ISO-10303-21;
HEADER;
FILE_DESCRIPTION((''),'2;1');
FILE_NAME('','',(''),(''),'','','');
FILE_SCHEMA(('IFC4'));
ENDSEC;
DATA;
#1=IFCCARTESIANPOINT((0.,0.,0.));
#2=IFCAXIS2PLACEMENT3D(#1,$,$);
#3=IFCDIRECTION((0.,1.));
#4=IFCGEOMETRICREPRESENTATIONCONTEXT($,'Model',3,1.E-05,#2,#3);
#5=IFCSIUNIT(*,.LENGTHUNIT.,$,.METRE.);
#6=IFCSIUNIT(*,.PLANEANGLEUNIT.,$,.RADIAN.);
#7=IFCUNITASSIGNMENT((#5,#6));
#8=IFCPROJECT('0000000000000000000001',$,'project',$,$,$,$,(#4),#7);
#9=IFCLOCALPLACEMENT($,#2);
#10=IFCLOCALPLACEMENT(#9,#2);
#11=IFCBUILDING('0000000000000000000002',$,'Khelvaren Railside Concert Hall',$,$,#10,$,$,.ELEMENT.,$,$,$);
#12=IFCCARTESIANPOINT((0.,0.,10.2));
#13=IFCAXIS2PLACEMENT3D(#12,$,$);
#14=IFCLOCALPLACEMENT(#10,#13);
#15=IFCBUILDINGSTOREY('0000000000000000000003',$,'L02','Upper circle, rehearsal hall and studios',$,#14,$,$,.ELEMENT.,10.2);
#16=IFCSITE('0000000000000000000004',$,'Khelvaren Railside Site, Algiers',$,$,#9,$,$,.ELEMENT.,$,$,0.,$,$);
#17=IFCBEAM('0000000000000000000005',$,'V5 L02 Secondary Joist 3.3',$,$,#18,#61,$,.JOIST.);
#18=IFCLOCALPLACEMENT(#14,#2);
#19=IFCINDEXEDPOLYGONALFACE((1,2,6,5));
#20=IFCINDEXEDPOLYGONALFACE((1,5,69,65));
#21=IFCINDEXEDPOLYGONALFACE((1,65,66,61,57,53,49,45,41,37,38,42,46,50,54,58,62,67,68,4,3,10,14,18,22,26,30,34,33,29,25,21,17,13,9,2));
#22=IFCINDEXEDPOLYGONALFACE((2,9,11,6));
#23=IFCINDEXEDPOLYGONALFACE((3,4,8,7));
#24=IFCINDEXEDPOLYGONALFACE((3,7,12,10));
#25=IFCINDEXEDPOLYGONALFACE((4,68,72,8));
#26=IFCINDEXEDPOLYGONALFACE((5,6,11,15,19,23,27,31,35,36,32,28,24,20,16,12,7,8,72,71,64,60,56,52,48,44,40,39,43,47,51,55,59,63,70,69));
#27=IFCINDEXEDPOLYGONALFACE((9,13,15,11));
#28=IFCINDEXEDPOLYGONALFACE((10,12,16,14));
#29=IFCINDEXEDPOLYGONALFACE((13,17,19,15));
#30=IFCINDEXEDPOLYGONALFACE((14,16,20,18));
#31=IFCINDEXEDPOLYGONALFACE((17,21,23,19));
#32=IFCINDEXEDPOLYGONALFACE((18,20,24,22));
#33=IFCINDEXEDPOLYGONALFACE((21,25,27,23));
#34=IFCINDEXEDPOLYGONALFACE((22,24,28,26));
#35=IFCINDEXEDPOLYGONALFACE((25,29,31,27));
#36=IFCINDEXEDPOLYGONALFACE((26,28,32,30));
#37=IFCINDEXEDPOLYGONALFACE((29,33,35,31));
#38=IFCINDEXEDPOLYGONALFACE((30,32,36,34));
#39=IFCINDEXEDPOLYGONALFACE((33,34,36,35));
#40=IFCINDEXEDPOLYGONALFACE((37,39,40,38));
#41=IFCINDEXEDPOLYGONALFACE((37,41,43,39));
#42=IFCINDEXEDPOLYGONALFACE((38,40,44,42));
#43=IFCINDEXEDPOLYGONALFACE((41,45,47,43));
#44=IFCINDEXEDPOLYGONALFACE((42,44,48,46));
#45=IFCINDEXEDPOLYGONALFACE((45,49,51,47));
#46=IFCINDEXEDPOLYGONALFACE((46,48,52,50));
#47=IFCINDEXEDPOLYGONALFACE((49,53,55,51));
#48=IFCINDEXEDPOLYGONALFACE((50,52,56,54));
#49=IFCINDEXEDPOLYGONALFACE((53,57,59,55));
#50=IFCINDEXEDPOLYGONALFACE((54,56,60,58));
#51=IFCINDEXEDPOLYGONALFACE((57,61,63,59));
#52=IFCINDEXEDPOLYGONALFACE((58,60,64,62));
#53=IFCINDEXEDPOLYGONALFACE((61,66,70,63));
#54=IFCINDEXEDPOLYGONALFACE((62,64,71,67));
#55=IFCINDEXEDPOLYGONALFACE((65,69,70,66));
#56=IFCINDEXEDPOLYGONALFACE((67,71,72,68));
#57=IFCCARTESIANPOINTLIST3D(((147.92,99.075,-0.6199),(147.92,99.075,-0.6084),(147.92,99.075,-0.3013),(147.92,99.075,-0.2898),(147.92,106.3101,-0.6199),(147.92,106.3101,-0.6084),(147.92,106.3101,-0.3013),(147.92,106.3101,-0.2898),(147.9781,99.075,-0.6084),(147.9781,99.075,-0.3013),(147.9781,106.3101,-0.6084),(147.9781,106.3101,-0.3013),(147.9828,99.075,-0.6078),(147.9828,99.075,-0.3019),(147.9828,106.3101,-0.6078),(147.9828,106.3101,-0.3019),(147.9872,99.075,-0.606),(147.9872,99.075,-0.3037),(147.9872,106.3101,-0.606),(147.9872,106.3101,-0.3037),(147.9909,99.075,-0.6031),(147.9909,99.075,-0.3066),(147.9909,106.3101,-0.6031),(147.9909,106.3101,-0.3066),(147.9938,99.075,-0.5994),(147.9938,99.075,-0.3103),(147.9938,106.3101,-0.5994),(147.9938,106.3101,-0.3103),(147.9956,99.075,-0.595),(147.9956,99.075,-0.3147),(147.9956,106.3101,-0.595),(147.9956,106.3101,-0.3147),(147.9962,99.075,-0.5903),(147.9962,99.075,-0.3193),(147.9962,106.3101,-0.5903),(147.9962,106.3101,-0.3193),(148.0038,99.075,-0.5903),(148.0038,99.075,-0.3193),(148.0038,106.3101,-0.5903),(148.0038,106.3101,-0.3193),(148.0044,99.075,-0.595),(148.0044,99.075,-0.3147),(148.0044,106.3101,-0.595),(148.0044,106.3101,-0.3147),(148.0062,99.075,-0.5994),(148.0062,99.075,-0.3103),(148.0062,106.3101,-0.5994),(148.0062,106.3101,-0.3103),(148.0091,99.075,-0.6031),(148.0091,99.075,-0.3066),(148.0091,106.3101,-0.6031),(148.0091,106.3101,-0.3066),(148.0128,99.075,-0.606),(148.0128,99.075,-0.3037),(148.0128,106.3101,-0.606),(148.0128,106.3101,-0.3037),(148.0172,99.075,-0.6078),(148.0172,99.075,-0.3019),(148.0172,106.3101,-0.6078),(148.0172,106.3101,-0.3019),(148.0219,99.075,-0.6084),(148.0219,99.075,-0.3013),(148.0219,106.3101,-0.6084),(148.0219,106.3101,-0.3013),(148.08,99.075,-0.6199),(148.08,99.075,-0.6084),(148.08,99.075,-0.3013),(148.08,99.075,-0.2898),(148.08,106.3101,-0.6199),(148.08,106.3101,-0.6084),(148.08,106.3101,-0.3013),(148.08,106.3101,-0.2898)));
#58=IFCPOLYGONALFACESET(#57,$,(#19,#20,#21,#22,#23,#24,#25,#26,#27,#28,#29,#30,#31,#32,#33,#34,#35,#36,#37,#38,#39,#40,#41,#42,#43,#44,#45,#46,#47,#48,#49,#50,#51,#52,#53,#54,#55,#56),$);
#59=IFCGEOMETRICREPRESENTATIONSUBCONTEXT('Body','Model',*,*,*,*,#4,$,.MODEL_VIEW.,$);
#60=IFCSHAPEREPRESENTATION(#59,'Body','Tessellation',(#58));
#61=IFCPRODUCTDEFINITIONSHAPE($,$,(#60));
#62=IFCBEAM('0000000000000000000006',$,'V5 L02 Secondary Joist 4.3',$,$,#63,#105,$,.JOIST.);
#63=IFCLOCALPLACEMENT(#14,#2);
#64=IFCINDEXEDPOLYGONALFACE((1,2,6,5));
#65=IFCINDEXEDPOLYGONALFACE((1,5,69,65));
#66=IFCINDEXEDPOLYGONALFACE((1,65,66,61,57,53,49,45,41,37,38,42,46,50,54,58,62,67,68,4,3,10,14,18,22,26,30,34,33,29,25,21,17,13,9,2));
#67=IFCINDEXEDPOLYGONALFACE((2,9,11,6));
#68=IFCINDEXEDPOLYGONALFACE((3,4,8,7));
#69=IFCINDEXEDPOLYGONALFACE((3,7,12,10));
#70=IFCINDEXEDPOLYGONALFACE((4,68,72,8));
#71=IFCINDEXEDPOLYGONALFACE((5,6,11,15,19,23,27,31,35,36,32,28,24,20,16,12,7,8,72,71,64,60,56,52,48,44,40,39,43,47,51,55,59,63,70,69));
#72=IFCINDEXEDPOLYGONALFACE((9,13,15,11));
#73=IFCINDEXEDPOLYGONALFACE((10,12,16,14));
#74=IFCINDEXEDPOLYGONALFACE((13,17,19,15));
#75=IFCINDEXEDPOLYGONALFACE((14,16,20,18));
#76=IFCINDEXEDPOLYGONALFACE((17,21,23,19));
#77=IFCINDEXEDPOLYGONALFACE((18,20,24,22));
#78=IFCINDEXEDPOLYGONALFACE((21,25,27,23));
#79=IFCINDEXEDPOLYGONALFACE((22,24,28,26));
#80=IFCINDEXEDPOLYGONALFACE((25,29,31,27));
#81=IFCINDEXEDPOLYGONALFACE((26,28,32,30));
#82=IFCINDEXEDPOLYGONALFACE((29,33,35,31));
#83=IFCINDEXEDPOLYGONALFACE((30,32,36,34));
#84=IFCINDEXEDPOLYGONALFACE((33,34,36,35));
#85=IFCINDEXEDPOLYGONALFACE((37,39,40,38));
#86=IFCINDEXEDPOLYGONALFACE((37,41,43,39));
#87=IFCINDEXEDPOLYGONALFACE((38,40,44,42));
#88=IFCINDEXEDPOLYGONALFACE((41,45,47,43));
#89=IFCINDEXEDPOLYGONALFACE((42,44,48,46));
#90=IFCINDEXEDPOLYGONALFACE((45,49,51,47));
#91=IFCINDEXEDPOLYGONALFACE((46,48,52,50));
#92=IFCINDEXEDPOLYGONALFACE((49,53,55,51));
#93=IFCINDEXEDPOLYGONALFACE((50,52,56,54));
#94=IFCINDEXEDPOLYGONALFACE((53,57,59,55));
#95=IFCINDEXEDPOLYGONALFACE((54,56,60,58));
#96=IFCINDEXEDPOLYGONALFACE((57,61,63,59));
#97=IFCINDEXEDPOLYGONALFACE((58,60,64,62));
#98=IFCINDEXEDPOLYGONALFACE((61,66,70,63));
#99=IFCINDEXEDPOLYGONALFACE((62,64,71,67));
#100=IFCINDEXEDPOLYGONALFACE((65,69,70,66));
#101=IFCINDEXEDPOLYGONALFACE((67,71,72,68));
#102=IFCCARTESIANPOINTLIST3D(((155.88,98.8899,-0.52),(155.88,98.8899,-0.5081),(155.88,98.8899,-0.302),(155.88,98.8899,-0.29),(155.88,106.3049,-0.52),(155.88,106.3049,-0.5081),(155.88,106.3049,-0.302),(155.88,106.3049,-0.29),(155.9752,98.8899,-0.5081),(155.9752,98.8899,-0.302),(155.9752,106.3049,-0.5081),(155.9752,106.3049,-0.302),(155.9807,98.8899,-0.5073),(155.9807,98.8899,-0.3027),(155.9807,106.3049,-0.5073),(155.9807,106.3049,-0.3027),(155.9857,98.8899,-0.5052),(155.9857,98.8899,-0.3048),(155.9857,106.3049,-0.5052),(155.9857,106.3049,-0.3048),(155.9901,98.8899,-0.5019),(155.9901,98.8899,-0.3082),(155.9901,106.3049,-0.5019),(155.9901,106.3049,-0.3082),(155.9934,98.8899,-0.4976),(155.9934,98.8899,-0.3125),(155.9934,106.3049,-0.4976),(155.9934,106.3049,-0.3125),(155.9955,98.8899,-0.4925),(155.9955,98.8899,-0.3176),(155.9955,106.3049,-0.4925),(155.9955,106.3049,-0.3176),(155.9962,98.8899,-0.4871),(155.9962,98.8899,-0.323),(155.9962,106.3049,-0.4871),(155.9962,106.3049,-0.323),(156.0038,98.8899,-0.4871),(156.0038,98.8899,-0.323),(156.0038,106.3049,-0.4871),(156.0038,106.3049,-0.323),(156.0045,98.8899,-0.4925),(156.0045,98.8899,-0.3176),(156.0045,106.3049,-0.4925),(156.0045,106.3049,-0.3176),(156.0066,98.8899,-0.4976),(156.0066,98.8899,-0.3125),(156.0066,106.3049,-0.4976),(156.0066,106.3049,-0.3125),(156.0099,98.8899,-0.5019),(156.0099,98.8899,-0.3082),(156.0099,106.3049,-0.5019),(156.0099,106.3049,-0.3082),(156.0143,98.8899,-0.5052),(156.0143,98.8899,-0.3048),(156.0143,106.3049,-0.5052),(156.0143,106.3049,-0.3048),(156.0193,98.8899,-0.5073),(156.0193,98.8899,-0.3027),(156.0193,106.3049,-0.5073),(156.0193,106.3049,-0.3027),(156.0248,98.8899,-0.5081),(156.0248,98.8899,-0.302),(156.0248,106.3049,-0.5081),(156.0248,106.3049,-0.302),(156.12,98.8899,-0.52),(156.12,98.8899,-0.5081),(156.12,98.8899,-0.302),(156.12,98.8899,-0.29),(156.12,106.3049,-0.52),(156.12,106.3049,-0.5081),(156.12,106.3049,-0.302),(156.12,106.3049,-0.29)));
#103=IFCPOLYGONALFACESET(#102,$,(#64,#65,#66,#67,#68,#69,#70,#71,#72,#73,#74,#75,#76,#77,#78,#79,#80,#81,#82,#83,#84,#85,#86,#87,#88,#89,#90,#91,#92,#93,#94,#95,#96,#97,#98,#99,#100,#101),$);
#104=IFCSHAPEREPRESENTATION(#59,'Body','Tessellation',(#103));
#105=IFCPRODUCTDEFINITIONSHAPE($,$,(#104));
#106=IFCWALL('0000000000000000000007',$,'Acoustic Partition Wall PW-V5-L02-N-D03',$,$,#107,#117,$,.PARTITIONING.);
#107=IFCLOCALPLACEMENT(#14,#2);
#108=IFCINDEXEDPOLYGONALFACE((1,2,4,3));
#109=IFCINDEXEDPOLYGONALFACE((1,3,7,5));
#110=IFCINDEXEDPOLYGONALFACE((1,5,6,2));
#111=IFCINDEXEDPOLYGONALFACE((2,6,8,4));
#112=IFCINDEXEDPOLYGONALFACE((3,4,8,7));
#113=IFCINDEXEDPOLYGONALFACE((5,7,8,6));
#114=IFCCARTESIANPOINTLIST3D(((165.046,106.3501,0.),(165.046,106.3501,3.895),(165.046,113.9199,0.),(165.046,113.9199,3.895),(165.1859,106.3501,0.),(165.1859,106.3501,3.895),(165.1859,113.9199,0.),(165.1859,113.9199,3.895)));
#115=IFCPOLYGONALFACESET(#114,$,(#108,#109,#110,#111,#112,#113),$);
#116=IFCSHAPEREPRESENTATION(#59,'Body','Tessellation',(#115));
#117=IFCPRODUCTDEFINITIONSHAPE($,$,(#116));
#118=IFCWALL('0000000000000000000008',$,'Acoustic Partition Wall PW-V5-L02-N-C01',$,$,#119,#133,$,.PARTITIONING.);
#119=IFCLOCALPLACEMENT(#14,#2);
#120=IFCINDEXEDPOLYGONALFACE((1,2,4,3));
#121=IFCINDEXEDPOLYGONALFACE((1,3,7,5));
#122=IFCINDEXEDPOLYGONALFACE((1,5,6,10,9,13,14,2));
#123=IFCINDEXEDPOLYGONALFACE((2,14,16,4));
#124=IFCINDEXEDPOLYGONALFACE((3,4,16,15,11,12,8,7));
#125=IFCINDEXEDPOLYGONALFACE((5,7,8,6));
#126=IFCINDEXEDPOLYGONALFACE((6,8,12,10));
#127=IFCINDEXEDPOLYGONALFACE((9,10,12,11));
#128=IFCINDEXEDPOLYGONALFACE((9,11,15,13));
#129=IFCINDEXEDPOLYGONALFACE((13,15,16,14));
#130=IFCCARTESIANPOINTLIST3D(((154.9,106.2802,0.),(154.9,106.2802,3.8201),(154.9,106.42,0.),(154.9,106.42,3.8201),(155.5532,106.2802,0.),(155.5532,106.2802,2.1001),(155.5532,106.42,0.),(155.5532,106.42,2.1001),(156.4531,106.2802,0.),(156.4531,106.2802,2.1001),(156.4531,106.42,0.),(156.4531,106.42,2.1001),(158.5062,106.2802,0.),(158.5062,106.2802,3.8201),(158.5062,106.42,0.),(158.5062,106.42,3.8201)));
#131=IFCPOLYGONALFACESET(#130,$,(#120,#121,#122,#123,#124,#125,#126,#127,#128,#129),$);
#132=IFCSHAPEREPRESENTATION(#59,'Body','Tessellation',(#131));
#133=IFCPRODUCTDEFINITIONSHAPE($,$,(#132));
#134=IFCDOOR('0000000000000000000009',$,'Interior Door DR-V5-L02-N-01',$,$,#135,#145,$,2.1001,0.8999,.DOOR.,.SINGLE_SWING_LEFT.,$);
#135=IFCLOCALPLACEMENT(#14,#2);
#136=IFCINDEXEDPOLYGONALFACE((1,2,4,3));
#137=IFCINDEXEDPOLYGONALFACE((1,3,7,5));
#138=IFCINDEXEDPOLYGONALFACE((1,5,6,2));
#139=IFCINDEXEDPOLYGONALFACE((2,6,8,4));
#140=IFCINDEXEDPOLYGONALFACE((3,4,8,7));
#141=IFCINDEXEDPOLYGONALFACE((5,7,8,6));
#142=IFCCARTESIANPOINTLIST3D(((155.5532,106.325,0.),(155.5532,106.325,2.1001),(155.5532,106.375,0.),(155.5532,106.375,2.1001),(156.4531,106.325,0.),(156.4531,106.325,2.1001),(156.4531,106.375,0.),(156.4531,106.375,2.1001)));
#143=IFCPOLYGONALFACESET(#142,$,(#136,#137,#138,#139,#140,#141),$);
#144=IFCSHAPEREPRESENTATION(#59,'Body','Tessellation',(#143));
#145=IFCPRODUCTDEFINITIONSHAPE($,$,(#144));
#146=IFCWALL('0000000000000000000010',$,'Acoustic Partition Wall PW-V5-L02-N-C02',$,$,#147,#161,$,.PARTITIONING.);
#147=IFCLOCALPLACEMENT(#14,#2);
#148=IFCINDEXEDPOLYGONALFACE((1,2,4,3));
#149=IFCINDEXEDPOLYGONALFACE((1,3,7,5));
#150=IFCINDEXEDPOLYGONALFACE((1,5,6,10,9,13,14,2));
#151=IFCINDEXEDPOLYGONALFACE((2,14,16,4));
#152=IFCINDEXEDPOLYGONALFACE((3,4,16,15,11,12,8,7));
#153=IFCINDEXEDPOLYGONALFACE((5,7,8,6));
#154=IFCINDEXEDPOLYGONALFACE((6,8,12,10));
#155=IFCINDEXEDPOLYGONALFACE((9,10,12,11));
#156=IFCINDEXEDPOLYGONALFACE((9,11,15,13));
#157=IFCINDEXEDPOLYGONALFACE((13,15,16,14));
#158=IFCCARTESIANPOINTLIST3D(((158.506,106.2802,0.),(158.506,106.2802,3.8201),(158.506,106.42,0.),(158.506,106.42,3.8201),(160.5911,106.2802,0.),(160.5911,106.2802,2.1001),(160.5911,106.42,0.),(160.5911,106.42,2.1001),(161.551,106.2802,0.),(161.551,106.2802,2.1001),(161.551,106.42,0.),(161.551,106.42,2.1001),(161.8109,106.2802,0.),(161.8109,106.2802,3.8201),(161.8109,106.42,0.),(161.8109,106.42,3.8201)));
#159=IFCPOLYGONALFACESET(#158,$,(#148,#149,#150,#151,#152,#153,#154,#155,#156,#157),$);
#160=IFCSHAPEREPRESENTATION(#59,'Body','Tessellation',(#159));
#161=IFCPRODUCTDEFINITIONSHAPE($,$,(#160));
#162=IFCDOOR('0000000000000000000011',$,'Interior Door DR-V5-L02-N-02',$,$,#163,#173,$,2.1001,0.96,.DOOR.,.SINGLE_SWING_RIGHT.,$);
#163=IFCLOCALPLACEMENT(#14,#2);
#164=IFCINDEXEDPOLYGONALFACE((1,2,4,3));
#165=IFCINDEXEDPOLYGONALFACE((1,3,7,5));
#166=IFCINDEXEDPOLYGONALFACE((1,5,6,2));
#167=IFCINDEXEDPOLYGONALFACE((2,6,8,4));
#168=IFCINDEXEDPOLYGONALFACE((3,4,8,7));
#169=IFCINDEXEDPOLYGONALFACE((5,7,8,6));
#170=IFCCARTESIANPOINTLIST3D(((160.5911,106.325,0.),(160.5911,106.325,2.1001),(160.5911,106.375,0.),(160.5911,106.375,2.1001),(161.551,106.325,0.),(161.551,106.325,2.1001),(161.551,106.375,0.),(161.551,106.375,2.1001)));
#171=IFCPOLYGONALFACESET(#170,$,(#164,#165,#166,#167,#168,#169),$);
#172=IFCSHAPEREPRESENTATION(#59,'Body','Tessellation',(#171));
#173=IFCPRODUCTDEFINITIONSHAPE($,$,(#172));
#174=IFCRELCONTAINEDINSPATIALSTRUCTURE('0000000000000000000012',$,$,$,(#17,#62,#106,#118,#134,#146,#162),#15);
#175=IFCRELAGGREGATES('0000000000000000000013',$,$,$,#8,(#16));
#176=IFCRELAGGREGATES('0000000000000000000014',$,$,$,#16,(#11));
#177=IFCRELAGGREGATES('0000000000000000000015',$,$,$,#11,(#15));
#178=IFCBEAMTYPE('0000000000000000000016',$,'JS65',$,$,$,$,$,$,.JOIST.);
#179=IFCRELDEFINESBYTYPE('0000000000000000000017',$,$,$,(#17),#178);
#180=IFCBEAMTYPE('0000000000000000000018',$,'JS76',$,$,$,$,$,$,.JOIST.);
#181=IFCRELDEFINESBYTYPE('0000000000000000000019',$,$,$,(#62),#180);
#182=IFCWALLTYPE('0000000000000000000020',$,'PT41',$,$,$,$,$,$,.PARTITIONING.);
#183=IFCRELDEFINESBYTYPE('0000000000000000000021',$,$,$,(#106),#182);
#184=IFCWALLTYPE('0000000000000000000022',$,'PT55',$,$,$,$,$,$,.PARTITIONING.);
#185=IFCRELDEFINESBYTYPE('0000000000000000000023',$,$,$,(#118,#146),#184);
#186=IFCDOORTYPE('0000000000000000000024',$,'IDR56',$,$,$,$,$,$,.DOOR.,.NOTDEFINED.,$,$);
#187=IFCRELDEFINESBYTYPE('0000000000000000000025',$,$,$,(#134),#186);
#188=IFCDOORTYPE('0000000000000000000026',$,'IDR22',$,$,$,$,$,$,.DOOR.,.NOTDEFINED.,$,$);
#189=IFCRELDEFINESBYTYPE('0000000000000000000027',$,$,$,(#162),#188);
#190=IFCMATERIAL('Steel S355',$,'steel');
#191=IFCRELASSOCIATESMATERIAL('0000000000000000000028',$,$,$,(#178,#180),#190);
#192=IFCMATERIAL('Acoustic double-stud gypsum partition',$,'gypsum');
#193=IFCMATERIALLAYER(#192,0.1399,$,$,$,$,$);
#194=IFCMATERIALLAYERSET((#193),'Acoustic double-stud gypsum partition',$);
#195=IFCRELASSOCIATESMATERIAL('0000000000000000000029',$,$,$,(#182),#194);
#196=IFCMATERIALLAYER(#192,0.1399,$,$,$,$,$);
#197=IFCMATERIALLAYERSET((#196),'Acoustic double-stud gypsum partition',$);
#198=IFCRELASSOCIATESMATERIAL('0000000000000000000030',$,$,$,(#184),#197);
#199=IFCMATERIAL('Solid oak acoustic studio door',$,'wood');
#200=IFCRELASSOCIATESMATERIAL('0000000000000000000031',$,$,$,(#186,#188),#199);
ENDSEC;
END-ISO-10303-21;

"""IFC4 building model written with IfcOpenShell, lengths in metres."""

from ifc_helpers import new_model, si_unit, direction, frame, frame_2d, origin, origin_2d, place, context, subcontext, project, spatial, rectangle, i_section, extrude, material, layer, layer_set, material_profile, profile_set, type_object, element, fill, save


model = new_model("IFC4")

# Units and contexts
model_context = context("Model", 3, precision=1e-05, world=origin(), true_north=direction((0.0, 1.0)))
body_context = subcontext(model_context, "Body", "Model", "MODEL_VIEW")
ifc_project = project(units=[si_unit("LENGTHUNIT", "METRE"), si_unit("PLANEANGLEUNIT", "RADIAN")], contexts=[model_context])

# Site, building, storey
site_placement = place(None, origin())
site = spatial("IfcSite", under=ifc_project, at=site_placement, Name="Khelvaren Railside Site, Algiers", CompositionType="ELEMENT", RefElevation=0.0)
building_placement = place(site_placement, origin())
building = spatial("IfcBuilding", under=site, at=building_placement, Name="Khelvaren Railside Concert Hall", CompositionType="ELEMENT")
storey_placement = place(building_placement, frame((0.0, 0.0, 10.2)))
storey = spatial("IfcBuildingStorey", under=building, at=storey_placement, Name="L02", Description="Upper circle, rehearsal hall and studios", CompositionType="ELEMENT", Elevation=10.2)

# Beams
ifc_material_1 = material(Name="Steel S355", Category="steel")
ifc_material_profile_1 = material_profile(ifc_material_1, i_section(OverallWidth=0.1599, OverallDepth=0.3301, WebThickness=0.0076, FlangeThickness=0.0115, FilletRadius=0.0181, at=origin_2d()), Name="IPE 330")
ifc_profile_set_1 = profile_set([ifc_material_profile_1], Name="Steel S355")
beam_type_1 = type_object("IfcBeamType", Name="JS65", PredefinedType="JOIST", material=ifc_profile_set_1)
beam_1_placement = place(storey_placement, frame((148.0, 99.075, -0.4548), z_axis=(0.0, 1.0, 0.0), x_axis=(-1.0, 0.0, 0.0)))
element("IfcBeam", 1, at=beam_1_placement, inside=storey, type_object=beam_type_1, Name="V5 L02 Secondary Joist 3.3", PredefinedType="JOIST", context=body_context, shape_type="SweptSolid", body=[
    extrude(i_section(OverallWidth=0.1599, OverallDepth=0.3301, WebThickness=0.0076, FlangeThickness=0.0115, FilletRadius=0.0181, at=origin_2d()), origin(), (0.0, 0.0, 1.0), 7.2351),
])
ifc_material_profile_2 = material_profile(ifc_material_1, i_section(OverallWidth=0.24, OverallDepth=0.23, WebThickness=0.0076, FlangeThickness=0.012, FilletRadius=0.021, at=origin_2d()), Name="HEA 240")
ifc_profile_set_2 = profile_set([ifc_material_profile_2], Name="Steel S355")
beam_type_2 = type_object("IfcBeamType", Name="JS76", PredefinedType="JOIST", material=ifc_profile_set_2)
beam_2_placement = place(storey_placement, frame((156.0, 98.8899, -0.405), z_axis=(0.0, 1.0, 0.0), x_axis=(-1.0, 0.0, 0.0)))
element("IfcBeam", 2, at=beam_2_placement, inside=storey, type_object=beam_type_2, Name="V5 L02 Secondary Joist 4.3", PredefinedType="JOIST", context=body_context, shape_type="SweptSolid", body=[
    extrude(i_section(OverallWidth=0.24, OverallDepth=0.23, WebThickness=0.0076, FlangeThickness=0.012, FilletRadius=0.021, at=origin_2d()), origin(), (0.0, 0.0, 1.0), 7.415),
])

# Wall
ifc_material_2 = material(Name="Acoustic double-stud gypsum partition", Category="gypsum")
ifc_layer_1 = layer(ifc_material_2, 0.1399)
ifc_layer_set_1 = layer_set([ifc_layer_1], Name="Acoustic double-stud gypsum partition")
wall_type_1 = type_object("IfcWallType", Name="PT41", PredefinedType="PARTITIONING", material=ifc_layer_set_1)
wall_1_placement = place(storey_placement, frame((165.116, 106.3501, 0.0), z_axis=(0.0, 0.0, 1.0), x_axis=(0.0, 1.0, 0.0)))
element("IfcWall", 3, at=wall_1_placement, inside=storey, type_object=wall_type_1, Name="Acoustic Partition Wall PW-V5-L02-N-D03", PredefinedType="PARTITIONING", context=body_context, shape_type="SweptSolid", body=[
    extrude(rectangle(XDim=7.5698, YDim=0.1399, at=frame_2d((3.7849, 0.0))), origin(), (0.0, 0.0, 1.0), 3.895),
])

# Walls, openings, doors
ifc_layer_2 = layer(ifc_material_2, 0.1399)
ifc_layer_set_2 = layer_set([ifc_layer_2], Name="Acoustic double-stud gypsum partition")
wall_type_2 = type_object("IfcWallType", Name="PT55", PredefinedType="PARTITIONING", material=ifc_layer_set_2)
wall_2_placement = place(storey_placement, frame((154.8999, 106.3501, 0.0), z_axis=(0.0, 0.0, 1.0), x_axis=(1.0, 0.0, 0.0)))
wall_2 = element("IfcWall", 4, at=wall_2_placement, inside=storey, type_object=wall_type_2, Name="Acoustic Partition Wall PW-V5-L02-N-C01", PredefinedType="PARTITIONING", context=body_context, shape_type="SweptSolid", body=[
    extrude(rectangle(XDim=3.6062, YDim=0.1399, at=frame_2d((1.8032, 0.0))), origin(), (0.0, 0.0, 1.0), 3.8201),
])
opening_1_placement = place(wall_2_placement, frame((0.6533, 0.0, 0.0)))
opening_1 = element("IfcOpeningElement", 5, at=opening_1_placement, cuts=wall_2, PredefinedType="OPENING", context=body_context, shape_type="SweptSolid", body=[
    extrude(rectangle(XDim=0.8999, YDim=2.1001, at=frame_2d((0.45, 1.05))), frame((0.0, 0.0798, 0.0), z_axis=(0.0, -1.0, 0.0), x_axis=(1.0, 0.0, 0.0)), (0.0, 0.0, 1.0), 0.1599),
])
ifc_material_3 = material(Name="Solid oak acoustic studio door", Category="wood")
door_type_1 = type_object("IfcDoorType", Name="IDR56", OperationType="NOTDEFINED", PredefinedType="DOOR", material=ifc_material_3)
door_1_placement = place(opening_1_placement, origin())
door_1 = element("IfcDoor", 6, at=door_1_placement, inside=storey, type_object=door_type_1, Name="Interior Door DR-V5-L02-N-01", OperationType="SINGLE_SWING_LEFT", OverallHeight=2.1001, OverallWidth=0.8999, PredefinedType="DOOR", context=body_context, shape_type="SweptSolid", body=[
    extrude(rectangle(XDim=0.8999, YDim=2.1001, at=frame_2d((0.45, 1.05))), frame((0.0, 0.0249, 0.0), z_axis=(0.0, -1.0, 0.0), x_axis=(1.0, 0.0, 0.0)), (0.0, 0.0, 1.0), 0.05),
])
fill(opening_1, door_1)
wall_3_placement = place(storey_placement, frame((158.5061, 106.3501, 0.0), z_axis=(0.0, 0.0, 1.0), x_axis=(1.0, 0.0, 0.0)))
wall_3 = element("IfcWall", 7, at=wall_3_placement, inside=storey, type_object=wall_type_2, Name="Acoustic Partition Wall PW-V5-L02-N-C02", PredefinedType="PARTITIONING", context=body_context, shape_type="SweptSolid", body=[
    extrude(rectangle(XDim=3.3049, YDim=0.1399, at=frame_2d((1.6523, 0.0))), origin(), (0.0, 0.0, 1.0), 3.8201),
])
opening_2_placement = place(wall_3_placement, frame((2.085, 0.0, 0.0)))
opening_2 = element("IfcOpeningElement", 8, at=opening_2_placement, cuts=wall_3, PredefinedType="OPENING", context=body_context, shape_type="SweptSolid", body=[
    extrude(rectangle(XDim=0.96, YDim=2.1001, at=frame_2d((0.48, 1.05))), frame((0.0, 0.0798, 0.0), z_axis=(0.0, -1.0, 0.0), x_axis=(1.0, 0.0, 0.0)), (0.0, 0.0, 1.0), 0.1599),
])
door_type_2 = type_object("IfcDoorType", Name="IDR22", OperationType="NOTDEFINED", PredefinedType="DOOR", material=ifc_material_3)
door_2_placement = place(opening_2_placement, origin())
door_2 = element("IfcDoor", 9, at=door_2_placement, inside=storey, type_object=door_type_2, Name="Interior Door DR-V5-L02-N-02", OperationType="SINGLE_SWING_RIGHT", OverallHeight=2.1001, OverallWidth=0.96, PredefinedType="DOOR", context=body_context, shape_type="SweptSolid", body=[
    extrude(rectangle(XDim=0.96, YDim=2.1001, at=frame_2d((0.48, 1.05))), frame((0.0, 0.0249, 0.0), z_axis=(0.0, -1.0, 0.0), x_axis=(1.0, 0.0, 0.0)), (0.0, 0.0, 1.0), 0.05),
])
fill(opening_2, door_2)

save(model, "model.ifc")
